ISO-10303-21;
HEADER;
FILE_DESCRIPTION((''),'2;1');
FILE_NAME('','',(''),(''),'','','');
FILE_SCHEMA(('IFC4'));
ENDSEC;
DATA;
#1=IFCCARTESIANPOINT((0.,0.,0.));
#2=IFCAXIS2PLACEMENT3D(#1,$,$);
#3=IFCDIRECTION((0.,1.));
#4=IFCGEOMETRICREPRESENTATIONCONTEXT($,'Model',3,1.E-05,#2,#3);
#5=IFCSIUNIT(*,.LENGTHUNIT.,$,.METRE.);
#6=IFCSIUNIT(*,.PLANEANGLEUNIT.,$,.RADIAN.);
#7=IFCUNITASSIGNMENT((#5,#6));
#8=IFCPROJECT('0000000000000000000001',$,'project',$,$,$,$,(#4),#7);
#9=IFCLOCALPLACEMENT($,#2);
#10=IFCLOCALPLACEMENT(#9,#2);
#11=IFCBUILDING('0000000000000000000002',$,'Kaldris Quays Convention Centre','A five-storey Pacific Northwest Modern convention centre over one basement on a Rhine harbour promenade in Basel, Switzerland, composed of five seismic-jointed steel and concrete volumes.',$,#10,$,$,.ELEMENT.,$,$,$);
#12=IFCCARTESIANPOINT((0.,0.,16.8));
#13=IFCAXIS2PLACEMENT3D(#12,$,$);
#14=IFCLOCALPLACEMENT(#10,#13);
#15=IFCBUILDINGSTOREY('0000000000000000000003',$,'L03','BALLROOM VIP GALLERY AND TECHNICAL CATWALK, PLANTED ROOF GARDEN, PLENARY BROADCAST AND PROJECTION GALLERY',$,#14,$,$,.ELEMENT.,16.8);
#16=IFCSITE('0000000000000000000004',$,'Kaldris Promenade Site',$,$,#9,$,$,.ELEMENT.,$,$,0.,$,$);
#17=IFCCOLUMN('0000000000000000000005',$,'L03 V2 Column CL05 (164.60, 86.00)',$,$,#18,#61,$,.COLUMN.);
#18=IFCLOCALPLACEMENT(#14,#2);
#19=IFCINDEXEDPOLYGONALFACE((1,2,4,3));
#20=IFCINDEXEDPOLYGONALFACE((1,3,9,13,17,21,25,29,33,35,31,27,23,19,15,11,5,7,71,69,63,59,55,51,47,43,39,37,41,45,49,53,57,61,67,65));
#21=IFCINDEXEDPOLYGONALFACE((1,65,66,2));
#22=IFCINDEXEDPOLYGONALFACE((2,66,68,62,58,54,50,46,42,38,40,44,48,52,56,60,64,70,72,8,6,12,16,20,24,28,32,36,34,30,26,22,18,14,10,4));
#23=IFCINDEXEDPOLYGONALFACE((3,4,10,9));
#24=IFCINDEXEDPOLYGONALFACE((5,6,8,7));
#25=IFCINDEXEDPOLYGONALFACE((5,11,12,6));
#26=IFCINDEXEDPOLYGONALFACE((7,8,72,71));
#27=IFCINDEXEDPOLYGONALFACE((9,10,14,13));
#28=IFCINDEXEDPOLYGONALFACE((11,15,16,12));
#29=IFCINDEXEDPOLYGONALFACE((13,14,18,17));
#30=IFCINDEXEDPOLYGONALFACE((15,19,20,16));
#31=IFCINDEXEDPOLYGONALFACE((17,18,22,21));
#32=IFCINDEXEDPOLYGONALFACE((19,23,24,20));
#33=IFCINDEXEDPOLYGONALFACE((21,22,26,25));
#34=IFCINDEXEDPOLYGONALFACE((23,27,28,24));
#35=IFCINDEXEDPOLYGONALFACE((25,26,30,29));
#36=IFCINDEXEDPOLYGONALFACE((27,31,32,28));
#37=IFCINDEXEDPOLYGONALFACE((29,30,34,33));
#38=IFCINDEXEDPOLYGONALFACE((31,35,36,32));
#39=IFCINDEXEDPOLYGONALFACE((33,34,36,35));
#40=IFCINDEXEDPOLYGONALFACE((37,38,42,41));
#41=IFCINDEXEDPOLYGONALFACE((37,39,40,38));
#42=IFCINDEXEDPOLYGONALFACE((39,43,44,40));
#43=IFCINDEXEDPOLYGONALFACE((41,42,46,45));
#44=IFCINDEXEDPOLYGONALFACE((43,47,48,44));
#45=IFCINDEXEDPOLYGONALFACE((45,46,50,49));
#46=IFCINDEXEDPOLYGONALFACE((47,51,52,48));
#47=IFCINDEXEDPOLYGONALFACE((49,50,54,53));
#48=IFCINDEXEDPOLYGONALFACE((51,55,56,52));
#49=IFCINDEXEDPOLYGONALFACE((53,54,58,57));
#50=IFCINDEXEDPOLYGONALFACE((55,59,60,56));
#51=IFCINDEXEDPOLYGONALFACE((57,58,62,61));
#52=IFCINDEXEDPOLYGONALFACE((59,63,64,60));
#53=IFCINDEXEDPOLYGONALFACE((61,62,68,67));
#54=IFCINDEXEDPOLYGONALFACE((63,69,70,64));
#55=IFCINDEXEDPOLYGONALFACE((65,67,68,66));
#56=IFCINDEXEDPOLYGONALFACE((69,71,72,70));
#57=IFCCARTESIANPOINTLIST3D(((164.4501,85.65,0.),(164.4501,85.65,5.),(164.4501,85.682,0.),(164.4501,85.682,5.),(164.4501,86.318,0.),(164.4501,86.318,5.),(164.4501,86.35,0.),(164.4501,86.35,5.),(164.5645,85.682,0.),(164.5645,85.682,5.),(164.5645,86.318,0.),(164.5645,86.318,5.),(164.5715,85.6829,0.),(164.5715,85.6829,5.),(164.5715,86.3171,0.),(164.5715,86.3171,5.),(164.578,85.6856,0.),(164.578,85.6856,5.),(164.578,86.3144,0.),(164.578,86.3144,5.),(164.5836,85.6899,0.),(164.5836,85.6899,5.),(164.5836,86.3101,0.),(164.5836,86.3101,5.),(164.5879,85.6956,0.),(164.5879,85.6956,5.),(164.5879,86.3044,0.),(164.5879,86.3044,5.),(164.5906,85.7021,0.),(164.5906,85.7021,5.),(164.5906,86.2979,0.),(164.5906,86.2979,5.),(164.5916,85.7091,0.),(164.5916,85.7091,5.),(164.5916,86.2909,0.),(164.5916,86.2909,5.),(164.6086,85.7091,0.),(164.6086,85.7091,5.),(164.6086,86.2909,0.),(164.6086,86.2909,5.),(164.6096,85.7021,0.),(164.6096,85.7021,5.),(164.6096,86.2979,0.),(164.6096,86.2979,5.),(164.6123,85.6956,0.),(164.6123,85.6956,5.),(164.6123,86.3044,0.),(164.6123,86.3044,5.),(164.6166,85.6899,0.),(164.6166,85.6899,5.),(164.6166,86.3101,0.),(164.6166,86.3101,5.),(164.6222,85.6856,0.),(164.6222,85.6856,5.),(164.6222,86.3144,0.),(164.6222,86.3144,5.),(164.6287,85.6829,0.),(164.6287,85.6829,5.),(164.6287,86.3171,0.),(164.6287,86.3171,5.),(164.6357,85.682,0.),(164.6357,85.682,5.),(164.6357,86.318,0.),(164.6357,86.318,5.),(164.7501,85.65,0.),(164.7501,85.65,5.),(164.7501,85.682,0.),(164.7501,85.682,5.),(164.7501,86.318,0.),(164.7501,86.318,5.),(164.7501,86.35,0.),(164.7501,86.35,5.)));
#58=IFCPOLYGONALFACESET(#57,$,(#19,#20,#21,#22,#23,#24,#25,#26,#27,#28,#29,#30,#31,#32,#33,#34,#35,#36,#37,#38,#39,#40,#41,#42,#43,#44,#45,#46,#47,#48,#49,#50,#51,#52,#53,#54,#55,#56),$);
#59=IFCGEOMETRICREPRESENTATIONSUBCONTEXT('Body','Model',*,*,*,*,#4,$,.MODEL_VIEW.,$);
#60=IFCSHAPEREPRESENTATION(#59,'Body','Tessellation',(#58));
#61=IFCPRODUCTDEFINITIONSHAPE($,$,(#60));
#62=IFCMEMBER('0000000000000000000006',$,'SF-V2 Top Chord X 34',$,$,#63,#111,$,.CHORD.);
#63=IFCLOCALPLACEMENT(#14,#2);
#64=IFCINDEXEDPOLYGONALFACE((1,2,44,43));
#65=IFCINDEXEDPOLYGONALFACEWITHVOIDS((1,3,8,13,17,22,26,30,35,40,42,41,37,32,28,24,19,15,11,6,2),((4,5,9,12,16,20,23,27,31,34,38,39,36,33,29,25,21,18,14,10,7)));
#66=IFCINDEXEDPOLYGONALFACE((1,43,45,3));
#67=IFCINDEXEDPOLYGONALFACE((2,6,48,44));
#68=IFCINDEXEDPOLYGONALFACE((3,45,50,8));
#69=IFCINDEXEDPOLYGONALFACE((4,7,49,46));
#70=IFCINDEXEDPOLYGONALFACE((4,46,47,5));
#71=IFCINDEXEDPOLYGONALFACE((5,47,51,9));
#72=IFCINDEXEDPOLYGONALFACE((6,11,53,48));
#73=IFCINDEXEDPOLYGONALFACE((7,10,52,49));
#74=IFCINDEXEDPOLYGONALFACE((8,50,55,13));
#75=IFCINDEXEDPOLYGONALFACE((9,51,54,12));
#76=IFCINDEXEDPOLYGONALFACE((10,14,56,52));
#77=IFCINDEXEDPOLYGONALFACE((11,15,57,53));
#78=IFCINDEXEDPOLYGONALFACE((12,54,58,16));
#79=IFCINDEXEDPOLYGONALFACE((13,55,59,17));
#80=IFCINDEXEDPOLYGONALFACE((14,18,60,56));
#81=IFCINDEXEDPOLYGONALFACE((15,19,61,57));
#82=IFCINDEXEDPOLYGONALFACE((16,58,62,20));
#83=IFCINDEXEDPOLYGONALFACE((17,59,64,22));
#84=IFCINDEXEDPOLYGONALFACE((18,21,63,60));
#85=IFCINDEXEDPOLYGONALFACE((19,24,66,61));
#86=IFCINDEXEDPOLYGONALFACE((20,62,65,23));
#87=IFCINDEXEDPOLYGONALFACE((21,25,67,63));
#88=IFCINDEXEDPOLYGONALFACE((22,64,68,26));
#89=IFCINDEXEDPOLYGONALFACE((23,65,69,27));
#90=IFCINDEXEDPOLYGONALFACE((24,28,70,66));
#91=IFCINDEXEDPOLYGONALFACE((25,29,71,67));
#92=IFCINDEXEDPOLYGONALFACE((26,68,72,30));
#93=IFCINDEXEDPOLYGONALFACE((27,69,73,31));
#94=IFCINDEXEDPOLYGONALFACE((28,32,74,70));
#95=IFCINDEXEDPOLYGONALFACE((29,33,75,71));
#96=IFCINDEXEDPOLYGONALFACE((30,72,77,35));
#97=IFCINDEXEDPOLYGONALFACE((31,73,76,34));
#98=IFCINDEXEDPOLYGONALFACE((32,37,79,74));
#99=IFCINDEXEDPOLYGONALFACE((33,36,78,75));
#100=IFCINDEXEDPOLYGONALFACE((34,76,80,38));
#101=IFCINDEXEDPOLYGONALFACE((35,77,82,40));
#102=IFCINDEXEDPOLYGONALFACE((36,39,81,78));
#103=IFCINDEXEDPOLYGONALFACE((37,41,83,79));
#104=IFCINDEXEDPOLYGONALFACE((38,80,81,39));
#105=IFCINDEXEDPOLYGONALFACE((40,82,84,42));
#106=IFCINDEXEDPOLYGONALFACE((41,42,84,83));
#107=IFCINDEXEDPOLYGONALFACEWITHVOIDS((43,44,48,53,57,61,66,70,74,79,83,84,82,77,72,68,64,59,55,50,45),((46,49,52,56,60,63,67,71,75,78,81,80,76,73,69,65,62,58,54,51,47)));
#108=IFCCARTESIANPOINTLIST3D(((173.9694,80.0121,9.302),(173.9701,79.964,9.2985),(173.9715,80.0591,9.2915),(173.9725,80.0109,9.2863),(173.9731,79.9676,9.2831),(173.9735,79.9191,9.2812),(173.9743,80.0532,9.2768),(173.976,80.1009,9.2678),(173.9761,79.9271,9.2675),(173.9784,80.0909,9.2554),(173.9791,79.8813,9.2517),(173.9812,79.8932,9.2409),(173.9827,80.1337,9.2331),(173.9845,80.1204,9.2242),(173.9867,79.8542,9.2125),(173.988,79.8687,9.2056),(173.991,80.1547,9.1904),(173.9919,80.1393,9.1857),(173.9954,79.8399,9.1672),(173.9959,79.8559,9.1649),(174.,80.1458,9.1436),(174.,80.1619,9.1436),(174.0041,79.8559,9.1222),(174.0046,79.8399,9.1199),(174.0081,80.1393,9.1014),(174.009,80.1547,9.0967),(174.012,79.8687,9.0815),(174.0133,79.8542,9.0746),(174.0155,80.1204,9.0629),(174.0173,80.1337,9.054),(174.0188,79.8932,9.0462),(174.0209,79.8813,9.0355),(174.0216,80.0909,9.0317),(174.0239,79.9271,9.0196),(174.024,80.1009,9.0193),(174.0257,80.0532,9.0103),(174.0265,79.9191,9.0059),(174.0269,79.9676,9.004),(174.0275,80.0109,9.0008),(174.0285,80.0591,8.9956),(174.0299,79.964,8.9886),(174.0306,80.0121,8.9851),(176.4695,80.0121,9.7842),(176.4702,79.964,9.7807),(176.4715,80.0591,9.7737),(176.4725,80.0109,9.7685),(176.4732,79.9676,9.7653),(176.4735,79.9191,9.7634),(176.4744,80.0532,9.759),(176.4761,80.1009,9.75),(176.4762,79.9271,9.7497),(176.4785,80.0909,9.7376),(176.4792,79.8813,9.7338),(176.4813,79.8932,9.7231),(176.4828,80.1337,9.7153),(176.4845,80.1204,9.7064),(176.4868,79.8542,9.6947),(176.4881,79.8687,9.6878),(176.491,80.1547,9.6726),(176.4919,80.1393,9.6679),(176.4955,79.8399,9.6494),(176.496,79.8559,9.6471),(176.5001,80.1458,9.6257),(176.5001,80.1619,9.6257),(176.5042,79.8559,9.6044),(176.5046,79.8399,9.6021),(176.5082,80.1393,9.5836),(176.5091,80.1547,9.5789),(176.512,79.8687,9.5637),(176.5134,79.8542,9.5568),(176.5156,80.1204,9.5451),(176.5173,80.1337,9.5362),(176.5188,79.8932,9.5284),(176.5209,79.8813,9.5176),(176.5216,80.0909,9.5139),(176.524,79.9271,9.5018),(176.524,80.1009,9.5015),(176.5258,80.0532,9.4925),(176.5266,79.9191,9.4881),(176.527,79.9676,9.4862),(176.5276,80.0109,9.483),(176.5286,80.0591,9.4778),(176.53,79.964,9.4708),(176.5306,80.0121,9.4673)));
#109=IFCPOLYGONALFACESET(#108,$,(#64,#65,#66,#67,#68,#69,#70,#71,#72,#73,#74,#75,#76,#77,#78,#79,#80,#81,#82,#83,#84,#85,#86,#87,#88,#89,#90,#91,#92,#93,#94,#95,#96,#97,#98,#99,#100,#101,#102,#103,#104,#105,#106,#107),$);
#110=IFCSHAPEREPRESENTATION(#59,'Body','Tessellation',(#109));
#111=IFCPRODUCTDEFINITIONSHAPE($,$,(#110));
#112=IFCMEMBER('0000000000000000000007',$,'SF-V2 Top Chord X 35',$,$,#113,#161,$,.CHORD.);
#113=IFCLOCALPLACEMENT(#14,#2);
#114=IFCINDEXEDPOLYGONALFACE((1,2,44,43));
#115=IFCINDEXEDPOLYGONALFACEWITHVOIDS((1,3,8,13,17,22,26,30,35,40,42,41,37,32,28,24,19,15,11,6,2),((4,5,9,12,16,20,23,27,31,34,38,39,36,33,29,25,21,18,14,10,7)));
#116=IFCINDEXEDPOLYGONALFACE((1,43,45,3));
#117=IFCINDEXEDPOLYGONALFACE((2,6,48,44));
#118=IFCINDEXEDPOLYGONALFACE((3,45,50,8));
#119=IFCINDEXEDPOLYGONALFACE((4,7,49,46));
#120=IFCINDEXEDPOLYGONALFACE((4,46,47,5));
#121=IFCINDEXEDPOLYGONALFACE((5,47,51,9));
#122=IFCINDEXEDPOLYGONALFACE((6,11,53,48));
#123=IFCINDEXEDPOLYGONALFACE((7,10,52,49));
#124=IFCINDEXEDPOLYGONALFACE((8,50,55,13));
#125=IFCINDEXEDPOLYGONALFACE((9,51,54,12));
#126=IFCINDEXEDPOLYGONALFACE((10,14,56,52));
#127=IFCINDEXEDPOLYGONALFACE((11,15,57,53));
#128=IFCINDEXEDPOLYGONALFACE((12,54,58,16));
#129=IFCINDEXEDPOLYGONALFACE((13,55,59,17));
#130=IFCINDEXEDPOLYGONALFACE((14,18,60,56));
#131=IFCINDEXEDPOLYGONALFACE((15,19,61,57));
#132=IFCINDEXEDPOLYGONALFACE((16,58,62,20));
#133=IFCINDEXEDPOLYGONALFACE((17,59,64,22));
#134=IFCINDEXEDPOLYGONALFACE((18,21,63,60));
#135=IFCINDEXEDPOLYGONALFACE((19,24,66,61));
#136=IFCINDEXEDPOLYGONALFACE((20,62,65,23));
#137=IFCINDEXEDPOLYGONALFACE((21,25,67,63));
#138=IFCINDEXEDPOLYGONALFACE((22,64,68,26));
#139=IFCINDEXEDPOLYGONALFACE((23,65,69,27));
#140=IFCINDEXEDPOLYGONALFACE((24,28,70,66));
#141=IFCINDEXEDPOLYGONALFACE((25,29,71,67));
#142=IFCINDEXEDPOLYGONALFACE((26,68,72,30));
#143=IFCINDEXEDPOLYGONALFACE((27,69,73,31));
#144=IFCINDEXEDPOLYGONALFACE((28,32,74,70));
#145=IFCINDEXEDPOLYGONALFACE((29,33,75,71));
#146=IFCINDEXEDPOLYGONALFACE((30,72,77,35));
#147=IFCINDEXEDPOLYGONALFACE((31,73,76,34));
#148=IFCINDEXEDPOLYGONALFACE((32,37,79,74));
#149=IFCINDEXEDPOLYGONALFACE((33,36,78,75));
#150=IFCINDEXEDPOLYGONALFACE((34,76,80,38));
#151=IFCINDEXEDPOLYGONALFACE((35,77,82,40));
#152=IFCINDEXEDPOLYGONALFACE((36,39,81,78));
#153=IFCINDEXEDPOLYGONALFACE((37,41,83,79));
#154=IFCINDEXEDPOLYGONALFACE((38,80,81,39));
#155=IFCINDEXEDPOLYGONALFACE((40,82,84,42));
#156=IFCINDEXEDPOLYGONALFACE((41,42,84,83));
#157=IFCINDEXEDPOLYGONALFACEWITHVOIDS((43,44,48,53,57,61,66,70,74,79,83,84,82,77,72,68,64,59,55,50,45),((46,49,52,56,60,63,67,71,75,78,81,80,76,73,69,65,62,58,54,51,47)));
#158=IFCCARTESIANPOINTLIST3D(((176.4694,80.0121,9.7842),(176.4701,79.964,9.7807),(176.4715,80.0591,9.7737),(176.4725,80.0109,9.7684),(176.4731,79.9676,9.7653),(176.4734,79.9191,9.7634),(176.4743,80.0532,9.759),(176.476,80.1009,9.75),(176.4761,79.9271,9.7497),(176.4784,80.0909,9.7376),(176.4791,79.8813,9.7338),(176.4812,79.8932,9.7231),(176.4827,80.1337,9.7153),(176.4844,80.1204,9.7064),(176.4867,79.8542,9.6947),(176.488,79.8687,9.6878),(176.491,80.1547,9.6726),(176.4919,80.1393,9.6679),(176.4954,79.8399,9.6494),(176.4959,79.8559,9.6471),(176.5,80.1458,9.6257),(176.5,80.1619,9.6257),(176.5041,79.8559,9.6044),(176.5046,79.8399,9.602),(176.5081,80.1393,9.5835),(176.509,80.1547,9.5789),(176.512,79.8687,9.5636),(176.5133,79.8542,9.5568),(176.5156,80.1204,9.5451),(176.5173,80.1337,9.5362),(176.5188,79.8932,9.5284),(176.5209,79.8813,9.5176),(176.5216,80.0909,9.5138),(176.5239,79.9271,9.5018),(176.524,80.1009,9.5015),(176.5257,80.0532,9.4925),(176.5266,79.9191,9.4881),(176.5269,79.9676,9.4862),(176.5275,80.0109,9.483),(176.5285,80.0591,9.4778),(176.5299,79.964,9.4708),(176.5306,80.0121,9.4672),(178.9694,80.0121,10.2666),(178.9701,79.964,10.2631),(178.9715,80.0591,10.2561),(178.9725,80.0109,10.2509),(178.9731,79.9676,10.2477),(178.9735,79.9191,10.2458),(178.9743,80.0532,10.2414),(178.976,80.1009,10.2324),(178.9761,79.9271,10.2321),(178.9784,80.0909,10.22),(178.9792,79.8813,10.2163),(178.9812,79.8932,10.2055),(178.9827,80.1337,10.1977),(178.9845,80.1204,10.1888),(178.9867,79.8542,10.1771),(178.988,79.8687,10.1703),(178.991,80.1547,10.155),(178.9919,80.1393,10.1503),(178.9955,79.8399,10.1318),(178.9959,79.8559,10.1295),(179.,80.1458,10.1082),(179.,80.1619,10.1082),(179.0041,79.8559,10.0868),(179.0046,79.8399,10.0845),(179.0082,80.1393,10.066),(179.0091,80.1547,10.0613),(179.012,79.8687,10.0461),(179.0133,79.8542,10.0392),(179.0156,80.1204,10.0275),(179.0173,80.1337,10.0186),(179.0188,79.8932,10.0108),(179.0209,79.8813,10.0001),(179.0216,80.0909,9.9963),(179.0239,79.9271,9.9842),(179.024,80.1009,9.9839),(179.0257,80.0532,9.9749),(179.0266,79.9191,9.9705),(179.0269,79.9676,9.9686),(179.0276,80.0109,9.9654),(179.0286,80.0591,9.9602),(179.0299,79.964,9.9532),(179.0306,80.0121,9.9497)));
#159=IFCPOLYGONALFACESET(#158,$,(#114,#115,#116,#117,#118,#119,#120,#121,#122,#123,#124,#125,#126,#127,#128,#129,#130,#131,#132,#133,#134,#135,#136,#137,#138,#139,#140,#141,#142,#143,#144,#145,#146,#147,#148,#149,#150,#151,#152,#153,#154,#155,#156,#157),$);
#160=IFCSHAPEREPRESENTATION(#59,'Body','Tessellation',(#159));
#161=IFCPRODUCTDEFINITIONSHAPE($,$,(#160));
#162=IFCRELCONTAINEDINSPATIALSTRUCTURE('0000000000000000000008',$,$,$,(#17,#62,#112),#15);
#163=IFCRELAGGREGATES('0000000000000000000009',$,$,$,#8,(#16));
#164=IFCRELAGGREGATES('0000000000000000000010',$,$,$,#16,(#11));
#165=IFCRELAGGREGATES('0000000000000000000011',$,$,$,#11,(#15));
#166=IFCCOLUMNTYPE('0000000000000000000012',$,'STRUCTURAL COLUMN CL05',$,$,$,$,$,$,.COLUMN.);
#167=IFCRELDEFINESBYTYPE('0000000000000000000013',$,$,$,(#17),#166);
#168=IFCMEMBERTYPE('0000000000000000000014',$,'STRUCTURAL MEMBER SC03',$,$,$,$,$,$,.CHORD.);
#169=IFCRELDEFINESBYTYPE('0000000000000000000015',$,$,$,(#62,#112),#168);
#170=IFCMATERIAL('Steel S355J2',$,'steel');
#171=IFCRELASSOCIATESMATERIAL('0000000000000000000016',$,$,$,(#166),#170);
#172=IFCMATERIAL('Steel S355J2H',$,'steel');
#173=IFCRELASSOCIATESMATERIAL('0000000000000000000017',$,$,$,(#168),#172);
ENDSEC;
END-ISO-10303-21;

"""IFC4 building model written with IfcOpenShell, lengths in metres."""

from ifc_helpers import new_model, si_unit, direction, frame, origin, origin_2d, place, context, subcontext, project, spatial, hollow_circle, i_section, extrude, material, material_profile, profile_set, type_object, element, save


model = new_model("IFC4")

# Units and contexts
model_context = context("Model", 3, precision=1e-05, world=origin(), true_north=direction((0.0, 1.0)))
body_context = subcontext(model_context, "Body", "Model", "MODEL_VIEW")
ifc_project = project(units=[si_unit("LENGTHUNIT", "METRE"), si_unit("PLANEANGLEUNIT", "RADIAN")], contexts=[model_context])

# Site, building, storey
site_placement = place(None, origin())
site = spatial("IfcSite", under=ifc_project, at=site_placement, Name="Kaldris Promenade Site", CompositionType="ELEMENT", RefElevation=0.0)
building_placement = place(site_placement, origin())
building = spatial("IfcBuilding", under=site, at=building_placement, Name="Kaldris Quays Convention Centre", Description="A five-storey Pacific Northwest Modern convention centre over one basement on a Rhine harbour promenade in Basel, Switzerland, composed of five seismic-jointed steel and concrete volumes.", CompositionType="ELEMENT")
storey_placement = place(building_placement, frame((0.0, 0.0, 16.8)))
storey = spatial("IfcBuildingStorey", under=building, at=storey_placement, Name="L03", Description="BALLROOM VIP GALLERY AND TECHNICAL CATWALK, PLANTED ROOF GARDEN, PLENARY BROADCAST AND PROJECTION GALLERY", CompositionType="ELEMENT", Elevation=16.8)

# Column
ifc_material_1 = material(Name="Steel S355J2", Category="steel")
ifc_material_profile_1 = material_profile(ifc_material_1, i_section(OverallWidth=0.3, OverallDepth=0.7, WebThickness=0.0171, FlangeThickness=0.032, FilletRadius=0.0271, at=origin_2d()), Name="HEB 700")
ifc_profile_set_1 = profile_set([ifc_material_profile_1], Name="Steel S355J2")
column_type = type_object("IfcColumnType", Name="STRUCTURAL COLUMN CL05", PredefinedType="COLUMN", material=ifc_profile_set_1)
column_placement = place(storey_placement, frame((164.6001, 86.0, 0.0), z_axis=(0.0, 0.0, 1.0), x_axis=(1.0, 0.0, 0.0)))
element("IfcColumn", 1, at=column_placement, inside=storey, type_object=column_type, Name="L03 V2 Column CL05 (164.60, 86.00)", PredefinedType="COLUMN", context=body_context, shape_type="SweptSolid", body=[
    extrude(i_section(OverallWidth=0.3, OverallDepth=0.7, WebThickness=0.0171, FlangeThickness=0.032, FilletRadius=0.0271, at=origin_2d()), origin(), (0.0, 0.0, 1.0), 5.0),
])

# Members
ifc_material_2 = material(Name="Steel S355J2H", Category="steel")
ifc_material_profile_2 = material_profile(ifc_material_2, hollow_circle(Radius=0.1619, WallThickness=0.0161, at=origin_2d()), Name="CHS 323.9x16")
ifc_profile_set_2 = profile_set([ifc_material_profile_2], Name="Steel S355J2H")
member_type_1 = type_object("IfcMemberType", Name="STRUCTURAL MEMBER SC03", PredefinedType="CHORD", material=ifc_profile_set_2)
for number, where, z_axis, x_axis, name in (
    (2, (174.0, 80.0, 9.1436), (0.981904, 0.0, 0.189381), (0.0, 1.0, 0.0), "SF-V2 Top Chord X 34"),
    (3, (176.5, 80.0, 9.6257), (0.981886, 0.0, 0.189473), (0.0, 1.0, 0.0), "SF-V2 Top Chord X 35"),
):
    element("IfcMember", number, at=place(storey_placement, frame(where, z_axis=z_axis, x_axis=x_axis)), inside=storey, type_object=member_type_1, Name=name, PredefinedType="CHORD", context=body_context, shape_type="SweptSolid", body=[
        extrude(hollow_circle(Radius=0.1619, WallThickness=0.0161, at=origin_2d()), origin(), (0.0, 0.0, 1.0), 2.5461),
    ])

save(model, "model.ifc")
